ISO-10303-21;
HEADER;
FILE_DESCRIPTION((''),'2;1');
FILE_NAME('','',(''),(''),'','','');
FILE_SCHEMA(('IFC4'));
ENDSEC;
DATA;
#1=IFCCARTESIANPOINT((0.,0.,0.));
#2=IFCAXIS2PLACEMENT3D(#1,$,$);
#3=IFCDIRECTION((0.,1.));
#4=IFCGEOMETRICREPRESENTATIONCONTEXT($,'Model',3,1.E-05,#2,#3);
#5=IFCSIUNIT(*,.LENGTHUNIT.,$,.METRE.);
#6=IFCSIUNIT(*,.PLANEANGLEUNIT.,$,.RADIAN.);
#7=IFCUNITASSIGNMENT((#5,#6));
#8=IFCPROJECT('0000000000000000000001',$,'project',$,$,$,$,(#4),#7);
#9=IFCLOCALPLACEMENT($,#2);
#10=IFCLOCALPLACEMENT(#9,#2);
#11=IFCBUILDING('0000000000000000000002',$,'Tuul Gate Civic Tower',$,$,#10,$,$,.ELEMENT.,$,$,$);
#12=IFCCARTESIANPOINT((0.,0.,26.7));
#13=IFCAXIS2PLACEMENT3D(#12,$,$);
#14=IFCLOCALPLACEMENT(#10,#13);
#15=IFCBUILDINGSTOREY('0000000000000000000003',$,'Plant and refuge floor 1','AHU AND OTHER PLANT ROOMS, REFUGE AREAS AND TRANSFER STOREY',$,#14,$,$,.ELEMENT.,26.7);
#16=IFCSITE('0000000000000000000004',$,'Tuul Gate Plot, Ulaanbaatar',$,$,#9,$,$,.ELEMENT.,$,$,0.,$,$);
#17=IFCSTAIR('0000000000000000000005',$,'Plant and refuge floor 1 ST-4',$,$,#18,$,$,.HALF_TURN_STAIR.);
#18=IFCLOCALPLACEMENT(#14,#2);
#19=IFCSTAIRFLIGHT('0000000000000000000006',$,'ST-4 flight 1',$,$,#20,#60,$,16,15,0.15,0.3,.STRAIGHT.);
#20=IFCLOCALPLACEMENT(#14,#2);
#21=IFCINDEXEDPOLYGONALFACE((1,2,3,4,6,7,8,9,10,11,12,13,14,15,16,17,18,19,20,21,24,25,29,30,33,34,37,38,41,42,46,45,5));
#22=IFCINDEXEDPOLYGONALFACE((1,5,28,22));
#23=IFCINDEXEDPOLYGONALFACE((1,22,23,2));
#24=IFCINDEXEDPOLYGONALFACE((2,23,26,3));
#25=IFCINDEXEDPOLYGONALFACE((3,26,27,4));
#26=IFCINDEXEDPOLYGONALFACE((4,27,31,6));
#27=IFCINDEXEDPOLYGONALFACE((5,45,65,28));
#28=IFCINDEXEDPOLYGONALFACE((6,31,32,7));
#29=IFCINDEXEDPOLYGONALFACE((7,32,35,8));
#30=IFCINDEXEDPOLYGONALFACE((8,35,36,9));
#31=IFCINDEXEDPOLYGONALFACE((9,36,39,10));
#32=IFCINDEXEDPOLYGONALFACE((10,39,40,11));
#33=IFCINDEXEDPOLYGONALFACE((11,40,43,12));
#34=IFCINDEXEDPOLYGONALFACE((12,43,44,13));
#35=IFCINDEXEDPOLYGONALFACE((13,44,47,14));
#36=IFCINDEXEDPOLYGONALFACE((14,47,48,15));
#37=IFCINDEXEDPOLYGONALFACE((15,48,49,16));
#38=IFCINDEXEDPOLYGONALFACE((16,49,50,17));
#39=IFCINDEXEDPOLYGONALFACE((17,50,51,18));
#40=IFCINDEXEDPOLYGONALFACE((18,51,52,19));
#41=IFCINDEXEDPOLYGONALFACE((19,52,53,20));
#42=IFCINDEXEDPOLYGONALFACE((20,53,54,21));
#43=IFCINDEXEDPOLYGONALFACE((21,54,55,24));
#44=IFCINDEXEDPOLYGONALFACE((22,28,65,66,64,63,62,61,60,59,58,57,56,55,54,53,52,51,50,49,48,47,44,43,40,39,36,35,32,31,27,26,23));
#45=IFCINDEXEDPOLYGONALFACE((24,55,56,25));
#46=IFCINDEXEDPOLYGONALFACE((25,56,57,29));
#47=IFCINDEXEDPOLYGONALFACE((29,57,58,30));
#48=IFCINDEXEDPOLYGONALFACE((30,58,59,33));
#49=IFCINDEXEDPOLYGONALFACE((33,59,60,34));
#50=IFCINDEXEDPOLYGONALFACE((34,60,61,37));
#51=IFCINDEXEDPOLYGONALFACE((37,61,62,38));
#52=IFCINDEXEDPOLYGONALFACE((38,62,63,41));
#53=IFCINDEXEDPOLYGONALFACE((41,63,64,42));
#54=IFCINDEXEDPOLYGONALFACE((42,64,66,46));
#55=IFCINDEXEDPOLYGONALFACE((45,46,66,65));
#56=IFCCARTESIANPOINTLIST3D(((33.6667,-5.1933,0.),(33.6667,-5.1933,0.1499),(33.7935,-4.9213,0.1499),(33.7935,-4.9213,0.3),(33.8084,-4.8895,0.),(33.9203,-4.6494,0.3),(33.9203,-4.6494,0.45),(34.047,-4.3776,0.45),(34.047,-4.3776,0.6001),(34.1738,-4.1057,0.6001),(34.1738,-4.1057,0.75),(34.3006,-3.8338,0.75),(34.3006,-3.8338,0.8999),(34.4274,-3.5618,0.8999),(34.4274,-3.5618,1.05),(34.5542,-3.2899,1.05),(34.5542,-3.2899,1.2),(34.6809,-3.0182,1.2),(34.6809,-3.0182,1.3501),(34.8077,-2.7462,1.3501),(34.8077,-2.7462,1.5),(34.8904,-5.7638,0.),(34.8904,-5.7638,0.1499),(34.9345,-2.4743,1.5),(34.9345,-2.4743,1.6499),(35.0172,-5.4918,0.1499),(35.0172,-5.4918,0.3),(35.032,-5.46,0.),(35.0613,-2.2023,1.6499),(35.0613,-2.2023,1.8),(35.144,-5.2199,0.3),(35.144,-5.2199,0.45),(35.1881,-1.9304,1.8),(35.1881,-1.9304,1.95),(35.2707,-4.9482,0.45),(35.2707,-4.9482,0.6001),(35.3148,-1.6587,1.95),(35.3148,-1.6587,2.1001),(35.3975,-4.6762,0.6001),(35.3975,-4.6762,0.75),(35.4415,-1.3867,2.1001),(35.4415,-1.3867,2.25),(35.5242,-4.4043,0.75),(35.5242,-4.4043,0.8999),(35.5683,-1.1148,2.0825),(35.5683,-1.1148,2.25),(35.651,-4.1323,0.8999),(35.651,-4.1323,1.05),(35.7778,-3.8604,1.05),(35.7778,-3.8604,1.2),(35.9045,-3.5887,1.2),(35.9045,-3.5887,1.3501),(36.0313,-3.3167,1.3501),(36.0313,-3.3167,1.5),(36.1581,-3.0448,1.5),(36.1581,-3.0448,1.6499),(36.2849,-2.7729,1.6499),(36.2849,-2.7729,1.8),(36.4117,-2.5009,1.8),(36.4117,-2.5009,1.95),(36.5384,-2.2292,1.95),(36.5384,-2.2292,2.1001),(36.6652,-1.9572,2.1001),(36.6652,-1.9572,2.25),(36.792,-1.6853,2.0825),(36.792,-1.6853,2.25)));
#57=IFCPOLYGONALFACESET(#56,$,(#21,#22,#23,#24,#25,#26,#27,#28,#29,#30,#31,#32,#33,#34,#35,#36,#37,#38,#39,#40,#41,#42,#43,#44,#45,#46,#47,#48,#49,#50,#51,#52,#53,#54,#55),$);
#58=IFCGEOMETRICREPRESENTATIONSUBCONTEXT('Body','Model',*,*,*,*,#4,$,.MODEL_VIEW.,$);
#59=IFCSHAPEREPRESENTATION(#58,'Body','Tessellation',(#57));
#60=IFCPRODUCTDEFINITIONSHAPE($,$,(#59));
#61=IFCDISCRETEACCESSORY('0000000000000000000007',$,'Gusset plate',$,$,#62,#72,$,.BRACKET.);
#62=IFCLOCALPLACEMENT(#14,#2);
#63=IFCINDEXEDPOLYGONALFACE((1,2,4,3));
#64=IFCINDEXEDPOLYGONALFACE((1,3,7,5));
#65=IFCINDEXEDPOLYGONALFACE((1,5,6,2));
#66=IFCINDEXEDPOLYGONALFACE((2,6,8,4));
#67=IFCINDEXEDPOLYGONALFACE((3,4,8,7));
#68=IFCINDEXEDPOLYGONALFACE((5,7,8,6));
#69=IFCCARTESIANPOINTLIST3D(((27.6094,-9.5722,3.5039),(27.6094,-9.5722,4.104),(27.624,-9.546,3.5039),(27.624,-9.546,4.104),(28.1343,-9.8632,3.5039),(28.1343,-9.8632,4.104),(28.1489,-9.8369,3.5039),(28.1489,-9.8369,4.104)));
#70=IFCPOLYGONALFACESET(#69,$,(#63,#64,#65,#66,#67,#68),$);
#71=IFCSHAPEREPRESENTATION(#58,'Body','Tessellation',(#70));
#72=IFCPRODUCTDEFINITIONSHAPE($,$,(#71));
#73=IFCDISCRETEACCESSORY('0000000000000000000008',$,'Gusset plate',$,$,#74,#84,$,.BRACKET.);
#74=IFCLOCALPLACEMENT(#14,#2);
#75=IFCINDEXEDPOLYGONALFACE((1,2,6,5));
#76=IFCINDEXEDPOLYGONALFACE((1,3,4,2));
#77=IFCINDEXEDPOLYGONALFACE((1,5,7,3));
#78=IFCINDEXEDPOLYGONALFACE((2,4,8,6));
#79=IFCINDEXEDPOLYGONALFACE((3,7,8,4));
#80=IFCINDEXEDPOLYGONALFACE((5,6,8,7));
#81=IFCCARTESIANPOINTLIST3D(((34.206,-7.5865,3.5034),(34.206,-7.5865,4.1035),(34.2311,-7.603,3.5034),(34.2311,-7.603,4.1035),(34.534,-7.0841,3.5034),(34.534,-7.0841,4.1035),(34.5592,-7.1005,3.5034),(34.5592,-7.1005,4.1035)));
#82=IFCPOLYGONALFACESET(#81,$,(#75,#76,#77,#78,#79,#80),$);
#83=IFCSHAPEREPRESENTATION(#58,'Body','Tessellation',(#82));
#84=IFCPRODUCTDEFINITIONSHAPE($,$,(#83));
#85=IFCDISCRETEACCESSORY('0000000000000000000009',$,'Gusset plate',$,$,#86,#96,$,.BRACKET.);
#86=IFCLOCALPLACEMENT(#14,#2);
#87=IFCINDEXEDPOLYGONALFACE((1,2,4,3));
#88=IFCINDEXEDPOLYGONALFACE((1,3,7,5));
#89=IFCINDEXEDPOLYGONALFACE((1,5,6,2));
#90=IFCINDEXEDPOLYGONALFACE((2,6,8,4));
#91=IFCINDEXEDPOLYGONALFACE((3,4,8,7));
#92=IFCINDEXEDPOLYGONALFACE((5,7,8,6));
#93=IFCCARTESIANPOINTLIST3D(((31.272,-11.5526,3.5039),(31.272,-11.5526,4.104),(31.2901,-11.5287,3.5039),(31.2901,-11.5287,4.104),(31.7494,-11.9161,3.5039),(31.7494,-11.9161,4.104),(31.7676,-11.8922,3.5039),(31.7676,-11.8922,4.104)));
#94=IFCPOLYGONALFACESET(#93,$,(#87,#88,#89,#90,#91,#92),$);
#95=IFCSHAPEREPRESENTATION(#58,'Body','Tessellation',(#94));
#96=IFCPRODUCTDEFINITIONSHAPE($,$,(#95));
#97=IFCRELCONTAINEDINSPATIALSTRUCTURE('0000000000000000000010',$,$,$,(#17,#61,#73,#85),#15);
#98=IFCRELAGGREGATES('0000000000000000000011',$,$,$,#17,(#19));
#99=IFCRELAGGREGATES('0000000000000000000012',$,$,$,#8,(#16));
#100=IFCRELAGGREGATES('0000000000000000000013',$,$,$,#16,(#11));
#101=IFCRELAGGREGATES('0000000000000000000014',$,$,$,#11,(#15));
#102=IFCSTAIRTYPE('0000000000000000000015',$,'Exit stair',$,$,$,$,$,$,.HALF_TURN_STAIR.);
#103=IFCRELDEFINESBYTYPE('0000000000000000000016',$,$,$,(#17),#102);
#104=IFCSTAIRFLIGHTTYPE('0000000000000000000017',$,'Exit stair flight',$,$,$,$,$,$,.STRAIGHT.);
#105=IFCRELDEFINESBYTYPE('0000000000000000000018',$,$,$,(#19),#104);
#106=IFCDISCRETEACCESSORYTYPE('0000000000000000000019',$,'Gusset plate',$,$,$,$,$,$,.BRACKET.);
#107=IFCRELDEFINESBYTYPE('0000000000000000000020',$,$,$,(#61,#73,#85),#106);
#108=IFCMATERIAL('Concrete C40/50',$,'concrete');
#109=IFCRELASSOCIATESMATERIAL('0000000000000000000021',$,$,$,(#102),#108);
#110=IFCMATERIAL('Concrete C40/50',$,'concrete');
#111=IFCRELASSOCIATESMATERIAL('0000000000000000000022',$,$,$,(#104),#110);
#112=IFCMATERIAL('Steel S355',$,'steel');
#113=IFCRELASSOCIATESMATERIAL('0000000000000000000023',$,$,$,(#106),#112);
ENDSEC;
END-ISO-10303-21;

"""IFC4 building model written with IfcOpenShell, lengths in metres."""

from ifc_helpers import new_model, si_unit, direction, frame, origin, origin_2d, place, context, subcontext, project, spatial, polyline, rectangle, outline, extrude, material, type_object, element, aggregate, save


model = new_model("IFC4")

# Units and contexts
model_context = context("Model", 3, precision=1e-05, world=origin(), true_north=direction((0.0, 1.0)))
body_context = subcontext(model_context, "Body", "Model", "MODEL_VIEW")
ifc_project = project(units=[si_unit("LENGTHUNIT", "METRE"), si_unit("PLANEANGLEUNIT", "RADIAN")], contexts=[model_context])

# Site, building, storey
site_placement = place(None, origin())
site = spatial("IfcSite", under=ifc_project, at=site_placement, Name="Tuul Gate Plot, Ulaanbaatar", CompositionType="ELEMENT", RefElevation=0.0)
building_placement = place(site_placement, origin())
building = spatial("IfcBuilding", under=site, at=building_placement, Name="Tuul Gate Civic Tower", CompositionType="ELEMENT")
storey_placement = place(building_placement, frame((0.0, 0.0, 26.7)))
storey = spatial("IfcBuildingStorey", under=building, at=storey_placement, Name="Plant and refuge floor 1", Description="AHU AND OTHER PLANT ROOMS, REFUGE AREAS AND TRANSFER STOREY", CompositionType="ELEMENT", Elevation=26.7)

# Stair, stair flight
ifc_material_1 = material(Name="Concrete C40/50", Category="concrete")
stair_type = type_object("IfcStairType", Name="Exit stair", PredefinedType="HALF_TURN_STAIR", material=ifc_material_1)
stair_placement = place(storey_placement, origin())
stair = element("IfcStair", 1, at=stair_placement, inside=storey, type_object=stair_type, Name="Plant and refuge floor 1 ST-4", PredefinedType="HALF_TURN_STAIR")
ifc_material_2 = material(Name="Concrete C40/50", Category="concrete")
stair_flight_type = type_object("IfcStairFlightType", Name="Exit stair flight", PredefinedType="STRAIGHT", material=ifc_material_2)
stair_flight_placement = place(storey_placement, frame((34.2786, -5.4785, 0.0), z_axis=(0.0, 0.0, 1.0), x_axis=(0.422576, 0.906327, 0.0)))
stair_flight = element("IfcStairFlight", 2, at=stair_flight_placement, type_object=stair_flight_type, Name="ST-4 flight 1", NumberOfRisers=16, NumberOfTreads=15, PredefinedType="STRAIGHT", RiserHeight=0.15, TreadLength=0.3, context=body_context, shape_type="SweptSolid", body=[
    extrude(outline(polyline([(0.0, 0.0), (0.0, 0.1499), (0.3, 0.1499), (0.3, 0.3), (0.6001, 0.3), (0.6001, 0.45), (0.8999, 0.45), (0.8999, 0.6001), (1.2, 0.6001), (1.2, 0.75), (1.5, 0.75), (1.5, 0.8999), (1.8, 0.8999), (1.8, 1.05), (2.1001, 1.05), (2.1001, 1.2), (2.3999, 1.2), (2.3999, 1.3501), (2.7, 1.3501), (2.7, 1.5), (3.0, 1.5), (3.0, 1.6499), (3.3, 1.6499), (3.3, 1.8), (3.6001, 1.8), (3.6001, 1.95), (3.8999, 1.95), (3.8999, 2.1001), (4.2, 2.1001), (4.2, 2.25), (4.5, 2.25), (4.5, 2.3999), (4.5, 2.0825), (0.3352, 0.0), (0.0, 0.0)])), frame((0.0, 0.675, 0.0), z_axis=(0.0, -1.0, 0.0), x_axis=(1.0, 0.0, 0.0)), (0.0, 0.0, 1.0), 1.3501),
])
aggregate(stair, [stair_flight])

# Discrete accessories
ifc_material_3 = material(Name="Steel S355", Category="steel")
discrete_accessory_type = type_object("IfcDiscreteAccessoryType", Name="Gusset plate", PredefinedType="BRACKET", material=ifc_material_3)
for number, where, z_axis, x_axis, name in (
    (3, (27.8792, -9.7046, 3.5039), (0.0, 0.0, 1.0), (-0.874597, 0.484851, 0.0), "Gusset plate"),
    (4, (34.3826, -7.3435, 3.5034), (0.0, 0.0, 1.0), (-0.546705, -0.837325, 0.0), "Gusset plate"),
    (5, (31.5198, -11.7224, 3.5039), (0.0, 0.0, 1.0), (0.795624, -0.605791, 0.0), "Gusset plate"),
):
    element("IfcDiscreteAccessory", number, at=place(storey_placement, frame(where, z_axis=z_axis, x_axis=x_axis)), inside=storey, type_object=discrete_accessory_type, Name=name, PredefinedType="BRACKET", context=body_context, shape_type="SweptSolid", body=[
        extrude(rectangle(XDim=0.6001, YDim=0.03, at=origin_2d()), origin(), (0.0, 0.0, 1.0), 0.6001),
    ])

save(model, "model.ifc")
